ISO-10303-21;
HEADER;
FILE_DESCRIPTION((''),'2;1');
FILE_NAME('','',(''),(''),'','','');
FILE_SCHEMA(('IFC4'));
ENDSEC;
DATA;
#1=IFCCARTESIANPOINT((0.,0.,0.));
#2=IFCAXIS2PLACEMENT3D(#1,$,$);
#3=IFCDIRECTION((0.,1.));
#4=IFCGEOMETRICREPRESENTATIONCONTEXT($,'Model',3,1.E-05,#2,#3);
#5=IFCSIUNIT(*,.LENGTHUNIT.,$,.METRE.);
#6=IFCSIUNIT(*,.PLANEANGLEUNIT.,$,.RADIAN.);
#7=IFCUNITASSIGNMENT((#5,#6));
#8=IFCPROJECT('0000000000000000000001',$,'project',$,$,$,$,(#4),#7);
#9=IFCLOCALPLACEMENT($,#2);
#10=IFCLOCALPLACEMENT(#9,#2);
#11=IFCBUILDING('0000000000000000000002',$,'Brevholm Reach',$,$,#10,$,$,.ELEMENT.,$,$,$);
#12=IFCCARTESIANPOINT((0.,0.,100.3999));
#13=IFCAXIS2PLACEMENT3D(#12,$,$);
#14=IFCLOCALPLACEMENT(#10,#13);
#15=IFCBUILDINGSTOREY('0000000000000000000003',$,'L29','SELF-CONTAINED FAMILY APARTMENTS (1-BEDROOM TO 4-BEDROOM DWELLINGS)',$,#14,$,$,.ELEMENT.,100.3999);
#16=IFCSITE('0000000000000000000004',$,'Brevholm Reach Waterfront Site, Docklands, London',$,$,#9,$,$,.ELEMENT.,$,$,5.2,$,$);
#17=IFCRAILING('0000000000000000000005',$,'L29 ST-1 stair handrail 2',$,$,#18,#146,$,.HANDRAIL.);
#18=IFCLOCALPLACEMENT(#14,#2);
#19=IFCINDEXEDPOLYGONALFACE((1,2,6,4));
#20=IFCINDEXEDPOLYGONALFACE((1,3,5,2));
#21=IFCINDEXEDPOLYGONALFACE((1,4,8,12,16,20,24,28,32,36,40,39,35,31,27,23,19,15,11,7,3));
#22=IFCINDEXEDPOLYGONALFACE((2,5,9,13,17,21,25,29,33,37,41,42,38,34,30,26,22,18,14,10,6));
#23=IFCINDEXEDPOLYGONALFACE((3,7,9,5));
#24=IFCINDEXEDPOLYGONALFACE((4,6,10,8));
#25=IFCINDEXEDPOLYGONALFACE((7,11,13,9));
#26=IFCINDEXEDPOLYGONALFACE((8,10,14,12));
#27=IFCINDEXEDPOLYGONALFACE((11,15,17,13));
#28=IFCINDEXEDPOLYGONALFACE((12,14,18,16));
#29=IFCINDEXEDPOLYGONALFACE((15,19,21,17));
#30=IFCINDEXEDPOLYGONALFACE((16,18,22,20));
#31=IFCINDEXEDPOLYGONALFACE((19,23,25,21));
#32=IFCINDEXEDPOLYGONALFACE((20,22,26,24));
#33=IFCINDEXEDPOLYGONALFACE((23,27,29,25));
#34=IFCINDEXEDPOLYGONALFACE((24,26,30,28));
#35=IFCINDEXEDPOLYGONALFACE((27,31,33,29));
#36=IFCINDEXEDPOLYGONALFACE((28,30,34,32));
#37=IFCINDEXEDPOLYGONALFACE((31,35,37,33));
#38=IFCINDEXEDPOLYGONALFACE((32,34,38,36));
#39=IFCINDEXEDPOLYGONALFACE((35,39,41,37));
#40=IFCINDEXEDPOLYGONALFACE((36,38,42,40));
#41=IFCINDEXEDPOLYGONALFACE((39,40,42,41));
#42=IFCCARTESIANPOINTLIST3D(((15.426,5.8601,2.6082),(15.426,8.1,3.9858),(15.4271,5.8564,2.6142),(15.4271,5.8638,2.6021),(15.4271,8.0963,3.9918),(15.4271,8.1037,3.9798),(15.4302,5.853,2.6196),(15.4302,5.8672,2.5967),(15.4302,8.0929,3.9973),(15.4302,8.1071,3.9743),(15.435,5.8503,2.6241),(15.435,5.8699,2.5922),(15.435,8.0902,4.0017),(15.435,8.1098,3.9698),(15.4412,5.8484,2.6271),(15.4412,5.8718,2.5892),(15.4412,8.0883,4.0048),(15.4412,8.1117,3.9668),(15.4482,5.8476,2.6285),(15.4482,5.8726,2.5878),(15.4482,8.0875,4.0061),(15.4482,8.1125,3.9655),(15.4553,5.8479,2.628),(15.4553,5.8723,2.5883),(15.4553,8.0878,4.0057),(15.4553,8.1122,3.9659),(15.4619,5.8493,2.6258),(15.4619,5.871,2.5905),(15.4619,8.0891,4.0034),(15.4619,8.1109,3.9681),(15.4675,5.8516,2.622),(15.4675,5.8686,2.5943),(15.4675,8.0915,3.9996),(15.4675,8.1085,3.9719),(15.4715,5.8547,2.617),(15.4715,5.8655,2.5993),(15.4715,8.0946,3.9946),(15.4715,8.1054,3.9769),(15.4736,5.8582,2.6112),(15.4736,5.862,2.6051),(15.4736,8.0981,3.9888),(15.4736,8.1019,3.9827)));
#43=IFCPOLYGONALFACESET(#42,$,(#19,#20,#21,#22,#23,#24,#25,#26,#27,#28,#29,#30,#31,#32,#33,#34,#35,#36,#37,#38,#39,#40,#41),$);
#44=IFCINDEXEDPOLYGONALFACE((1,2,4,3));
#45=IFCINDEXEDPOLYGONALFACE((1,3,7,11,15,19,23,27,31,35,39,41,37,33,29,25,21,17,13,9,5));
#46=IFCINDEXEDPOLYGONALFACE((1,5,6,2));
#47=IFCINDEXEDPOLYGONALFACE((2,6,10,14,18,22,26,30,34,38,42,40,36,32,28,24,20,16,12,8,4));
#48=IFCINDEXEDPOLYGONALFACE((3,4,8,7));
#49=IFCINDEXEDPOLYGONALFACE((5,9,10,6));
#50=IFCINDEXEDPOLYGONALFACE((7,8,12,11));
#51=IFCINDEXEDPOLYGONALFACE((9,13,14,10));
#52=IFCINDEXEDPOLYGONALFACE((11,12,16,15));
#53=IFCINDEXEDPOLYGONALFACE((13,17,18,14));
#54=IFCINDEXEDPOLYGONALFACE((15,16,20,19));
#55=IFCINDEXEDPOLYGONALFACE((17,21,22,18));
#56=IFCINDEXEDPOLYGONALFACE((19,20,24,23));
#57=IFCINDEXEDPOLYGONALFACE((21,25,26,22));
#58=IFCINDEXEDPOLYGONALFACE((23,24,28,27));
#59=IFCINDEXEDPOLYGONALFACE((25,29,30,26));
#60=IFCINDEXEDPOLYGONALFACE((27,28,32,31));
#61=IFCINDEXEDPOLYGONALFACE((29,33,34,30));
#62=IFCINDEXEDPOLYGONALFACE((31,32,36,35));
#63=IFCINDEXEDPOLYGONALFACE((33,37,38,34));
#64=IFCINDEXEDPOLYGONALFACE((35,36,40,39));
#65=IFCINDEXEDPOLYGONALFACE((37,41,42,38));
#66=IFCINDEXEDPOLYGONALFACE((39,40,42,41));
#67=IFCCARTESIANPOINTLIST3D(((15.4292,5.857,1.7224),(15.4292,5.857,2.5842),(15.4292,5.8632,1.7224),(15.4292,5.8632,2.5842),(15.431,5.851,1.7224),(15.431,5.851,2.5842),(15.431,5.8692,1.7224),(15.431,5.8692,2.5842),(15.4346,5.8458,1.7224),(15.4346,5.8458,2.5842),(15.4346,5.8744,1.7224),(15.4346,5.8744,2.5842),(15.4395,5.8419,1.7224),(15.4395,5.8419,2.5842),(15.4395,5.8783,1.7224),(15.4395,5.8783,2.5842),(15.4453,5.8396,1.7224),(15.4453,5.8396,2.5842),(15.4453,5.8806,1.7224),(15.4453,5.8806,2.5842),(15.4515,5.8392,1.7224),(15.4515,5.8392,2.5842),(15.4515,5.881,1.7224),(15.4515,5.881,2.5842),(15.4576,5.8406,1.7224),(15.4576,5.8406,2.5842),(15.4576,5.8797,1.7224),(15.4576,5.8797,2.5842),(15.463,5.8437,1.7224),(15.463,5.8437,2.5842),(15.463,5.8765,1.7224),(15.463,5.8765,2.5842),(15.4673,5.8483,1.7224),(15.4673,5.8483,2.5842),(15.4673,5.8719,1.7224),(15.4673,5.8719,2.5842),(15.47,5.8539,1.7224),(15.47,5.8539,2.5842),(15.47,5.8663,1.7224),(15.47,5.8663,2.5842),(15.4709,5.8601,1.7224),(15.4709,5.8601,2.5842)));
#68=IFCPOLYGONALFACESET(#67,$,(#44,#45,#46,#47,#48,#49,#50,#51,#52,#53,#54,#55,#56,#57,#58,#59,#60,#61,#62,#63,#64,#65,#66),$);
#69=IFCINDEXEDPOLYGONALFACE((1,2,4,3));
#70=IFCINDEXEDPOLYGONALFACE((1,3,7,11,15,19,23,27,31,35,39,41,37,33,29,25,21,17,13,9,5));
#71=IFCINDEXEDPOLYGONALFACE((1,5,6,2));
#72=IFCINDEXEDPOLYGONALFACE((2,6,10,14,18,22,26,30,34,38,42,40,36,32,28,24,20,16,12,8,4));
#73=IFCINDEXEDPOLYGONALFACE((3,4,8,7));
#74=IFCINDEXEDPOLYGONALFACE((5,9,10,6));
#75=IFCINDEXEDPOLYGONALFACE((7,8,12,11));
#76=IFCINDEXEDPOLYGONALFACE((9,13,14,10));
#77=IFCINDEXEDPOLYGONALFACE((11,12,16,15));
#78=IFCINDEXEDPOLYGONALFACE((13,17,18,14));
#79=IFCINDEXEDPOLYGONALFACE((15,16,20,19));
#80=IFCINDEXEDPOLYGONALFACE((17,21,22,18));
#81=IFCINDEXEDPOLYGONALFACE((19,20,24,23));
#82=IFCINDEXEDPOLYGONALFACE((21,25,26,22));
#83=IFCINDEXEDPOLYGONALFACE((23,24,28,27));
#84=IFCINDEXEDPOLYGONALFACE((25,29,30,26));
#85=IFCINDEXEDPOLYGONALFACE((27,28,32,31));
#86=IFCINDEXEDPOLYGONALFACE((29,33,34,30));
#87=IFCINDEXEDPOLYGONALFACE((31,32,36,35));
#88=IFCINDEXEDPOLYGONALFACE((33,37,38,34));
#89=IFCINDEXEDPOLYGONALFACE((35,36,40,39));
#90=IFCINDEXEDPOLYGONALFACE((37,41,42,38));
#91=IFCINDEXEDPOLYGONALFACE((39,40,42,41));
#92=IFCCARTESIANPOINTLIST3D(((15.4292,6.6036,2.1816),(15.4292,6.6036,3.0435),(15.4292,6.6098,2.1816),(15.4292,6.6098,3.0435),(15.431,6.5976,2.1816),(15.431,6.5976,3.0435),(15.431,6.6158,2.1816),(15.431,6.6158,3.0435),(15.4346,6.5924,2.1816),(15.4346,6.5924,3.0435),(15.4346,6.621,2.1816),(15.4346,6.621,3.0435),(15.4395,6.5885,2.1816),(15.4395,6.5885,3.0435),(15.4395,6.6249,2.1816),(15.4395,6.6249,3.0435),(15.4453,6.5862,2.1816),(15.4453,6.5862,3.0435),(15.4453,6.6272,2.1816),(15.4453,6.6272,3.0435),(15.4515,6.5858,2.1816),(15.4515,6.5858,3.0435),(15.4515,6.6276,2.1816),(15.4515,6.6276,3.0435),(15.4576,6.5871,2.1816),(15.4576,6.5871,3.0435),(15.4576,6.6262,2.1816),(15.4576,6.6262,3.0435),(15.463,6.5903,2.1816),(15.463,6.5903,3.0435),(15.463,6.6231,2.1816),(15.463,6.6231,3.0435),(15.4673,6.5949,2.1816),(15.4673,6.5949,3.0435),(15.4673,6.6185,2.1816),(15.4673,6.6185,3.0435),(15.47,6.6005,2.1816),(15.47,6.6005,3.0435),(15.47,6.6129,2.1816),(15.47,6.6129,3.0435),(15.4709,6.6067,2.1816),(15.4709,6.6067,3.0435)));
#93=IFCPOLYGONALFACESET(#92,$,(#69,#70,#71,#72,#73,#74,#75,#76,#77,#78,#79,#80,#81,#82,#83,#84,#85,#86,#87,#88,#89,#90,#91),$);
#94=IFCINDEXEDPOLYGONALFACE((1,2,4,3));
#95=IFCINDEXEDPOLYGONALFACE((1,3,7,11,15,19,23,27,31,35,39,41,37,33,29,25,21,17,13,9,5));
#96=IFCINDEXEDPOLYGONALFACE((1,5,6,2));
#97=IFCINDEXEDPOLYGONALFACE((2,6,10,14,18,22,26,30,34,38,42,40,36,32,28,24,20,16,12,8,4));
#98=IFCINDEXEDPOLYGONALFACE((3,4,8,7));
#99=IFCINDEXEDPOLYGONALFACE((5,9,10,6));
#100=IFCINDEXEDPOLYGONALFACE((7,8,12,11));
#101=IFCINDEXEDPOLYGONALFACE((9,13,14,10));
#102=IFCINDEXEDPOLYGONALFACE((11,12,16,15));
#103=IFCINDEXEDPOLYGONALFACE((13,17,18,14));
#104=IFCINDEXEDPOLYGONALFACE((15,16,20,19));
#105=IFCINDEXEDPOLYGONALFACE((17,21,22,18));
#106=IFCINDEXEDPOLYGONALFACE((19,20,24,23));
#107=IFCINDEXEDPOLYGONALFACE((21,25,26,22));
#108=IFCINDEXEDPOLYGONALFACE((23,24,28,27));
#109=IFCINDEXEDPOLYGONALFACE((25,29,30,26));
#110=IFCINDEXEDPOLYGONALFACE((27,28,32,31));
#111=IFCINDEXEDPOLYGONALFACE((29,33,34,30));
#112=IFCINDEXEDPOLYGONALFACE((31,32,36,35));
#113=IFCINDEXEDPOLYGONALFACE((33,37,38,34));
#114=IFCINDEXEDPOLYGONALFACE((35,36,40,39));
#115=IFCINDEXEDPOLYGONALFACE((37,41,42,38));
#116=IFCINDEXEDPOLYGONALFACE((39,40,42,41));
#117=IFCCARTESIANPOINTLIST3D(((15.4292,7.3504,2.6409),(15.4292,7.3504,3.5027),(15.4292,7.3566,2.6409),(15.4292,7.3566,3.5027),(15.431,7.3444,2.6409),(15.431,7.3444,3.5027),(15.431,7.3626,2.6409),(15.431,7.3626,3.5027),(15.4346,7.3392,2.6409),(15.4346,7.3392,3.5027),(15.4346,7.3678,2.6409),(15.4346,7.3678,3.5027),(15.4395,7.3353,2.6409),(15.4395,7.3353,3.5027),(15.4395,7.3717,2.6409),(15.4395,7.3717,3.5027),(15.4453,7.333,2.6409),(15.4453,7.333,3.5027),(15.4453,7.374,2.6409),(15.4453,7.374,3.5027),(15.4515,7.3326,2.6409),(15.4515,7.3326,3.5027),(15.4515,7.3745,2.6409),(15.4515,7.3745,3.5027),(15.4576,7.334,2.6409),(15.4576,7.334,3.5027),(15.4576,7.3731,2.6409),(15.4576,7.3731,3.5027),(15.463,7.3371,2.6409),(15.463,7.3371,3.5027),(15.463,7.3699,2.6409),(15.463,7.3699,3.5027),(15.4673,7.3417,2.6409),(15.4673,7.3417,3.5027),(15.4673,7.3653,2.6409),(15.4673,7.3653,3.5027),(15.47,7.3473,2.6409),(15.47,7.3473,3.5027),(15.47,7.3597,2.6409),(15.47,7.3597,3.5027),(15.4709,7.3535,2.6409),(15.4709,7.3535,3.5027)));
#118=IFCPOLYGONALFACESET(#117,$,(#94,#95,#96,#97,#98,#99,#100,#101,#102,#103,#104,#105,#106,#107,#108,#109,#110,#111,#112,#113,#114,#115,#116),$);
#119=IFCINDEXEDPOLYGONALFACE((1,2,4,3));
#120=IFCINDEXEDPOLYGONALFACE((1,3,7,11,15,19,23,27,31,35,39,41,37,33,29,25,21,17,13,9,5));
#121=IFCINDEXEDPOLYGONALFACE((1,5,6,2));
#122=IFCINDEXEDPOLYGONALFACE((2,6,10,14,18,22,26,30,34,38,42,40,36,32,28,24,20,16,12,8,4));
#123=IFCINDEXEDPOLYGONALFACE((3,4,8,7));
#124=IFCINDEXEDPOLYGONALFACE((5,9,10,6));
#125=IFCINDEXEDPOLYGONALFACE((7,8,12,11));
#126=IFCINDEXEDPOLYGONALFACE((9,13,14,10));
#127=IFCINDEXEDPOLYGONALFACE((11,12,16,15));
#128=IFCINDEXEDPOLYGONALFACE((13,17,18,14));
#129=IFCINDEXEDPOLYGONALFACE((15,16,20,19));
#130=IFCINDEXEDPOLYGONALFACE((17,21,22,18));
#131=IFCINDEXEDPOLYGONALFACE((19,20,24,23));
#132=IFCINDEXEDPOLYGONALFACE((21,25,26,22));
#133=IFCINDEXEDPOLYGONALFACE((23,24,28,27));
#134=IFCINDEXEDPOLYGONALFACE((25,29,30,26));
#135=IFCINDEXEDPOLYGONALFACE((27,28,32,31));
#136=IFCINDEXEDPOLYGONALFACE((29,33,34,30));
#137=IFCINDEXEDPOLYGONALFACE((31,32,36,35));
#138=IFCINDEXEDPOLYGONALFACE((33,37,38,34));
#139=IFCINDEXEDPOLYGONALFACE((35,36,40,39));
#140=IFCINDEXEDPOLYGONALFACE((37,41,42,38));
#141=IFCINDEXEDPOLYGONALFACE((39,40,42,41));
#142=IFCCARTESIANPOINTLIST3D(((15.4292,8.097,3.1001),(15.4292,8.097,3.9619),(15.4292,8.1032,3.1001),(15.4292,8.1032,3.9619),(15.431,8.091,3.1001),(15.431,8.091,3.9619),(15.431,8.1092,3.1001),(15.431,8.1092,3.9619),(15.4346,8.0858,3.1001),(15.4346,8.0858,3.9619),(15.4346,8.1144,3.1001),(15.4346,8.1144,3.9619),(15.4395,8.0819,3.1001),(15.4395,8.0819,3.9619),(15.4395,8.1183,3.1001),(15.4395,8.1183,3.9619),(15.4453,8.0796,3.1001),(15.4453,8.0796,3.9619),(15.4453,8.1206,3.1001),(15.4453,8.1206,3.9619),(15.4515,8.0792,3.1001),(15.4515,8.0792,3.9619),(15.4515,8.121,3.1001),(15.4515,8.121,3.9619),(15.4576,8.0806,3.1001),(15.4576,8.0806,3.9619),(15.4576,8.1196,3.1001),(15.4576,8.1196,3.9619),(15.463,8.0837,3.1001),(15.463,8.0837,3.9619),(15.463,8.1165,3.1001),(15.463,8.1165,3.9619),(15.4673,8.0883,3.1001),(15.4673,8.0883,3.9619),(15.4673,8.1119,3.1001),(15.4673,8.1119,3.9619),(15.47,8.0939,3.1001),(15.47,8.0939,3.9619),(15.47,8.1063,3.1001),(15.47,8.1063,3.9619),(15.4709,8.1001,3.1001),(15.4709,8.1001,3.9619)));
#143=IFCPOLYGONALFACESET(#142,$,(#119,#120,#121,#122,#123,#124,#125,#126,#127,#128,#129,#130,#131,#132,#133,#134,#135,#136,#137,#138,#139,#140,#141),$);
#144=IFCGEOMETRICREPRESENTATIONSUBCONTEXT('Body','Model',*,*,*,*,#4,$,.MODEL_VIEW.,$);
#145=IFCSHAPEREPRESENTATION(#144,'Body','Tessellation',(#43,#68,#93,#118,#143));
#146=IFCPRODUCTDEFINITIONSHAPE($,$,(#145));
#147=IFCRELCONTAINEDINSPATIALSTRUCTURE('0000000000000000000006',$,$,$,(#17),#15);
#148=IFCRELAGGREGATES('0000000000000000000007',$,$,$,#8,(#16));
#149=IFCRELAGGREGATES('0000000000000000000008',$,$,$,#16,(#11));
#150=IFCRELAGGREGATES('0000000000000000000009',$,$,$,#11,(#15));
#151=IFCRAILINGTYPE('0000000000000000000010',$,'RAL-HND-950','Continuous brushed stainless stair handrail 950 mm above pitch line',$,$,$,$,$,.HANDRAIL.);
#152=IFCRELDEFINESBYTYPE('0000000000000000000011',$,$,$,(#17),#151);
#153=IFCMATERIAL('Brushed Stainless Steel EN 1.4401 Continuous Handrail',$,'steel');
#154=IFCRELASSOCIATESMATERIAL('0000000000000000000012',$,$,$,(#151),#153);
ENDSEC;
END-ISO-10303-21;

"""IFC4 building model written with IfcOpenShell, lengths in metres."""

from ifc_helpers import new_model, si_unit, direction, frame, origin, origin_2d, place, context, subcontext, project, spatial, circle, extrude, material, type_object, element, save


model = new_model("IFC4")

# Units and contexts
model_context = context("Model", 3, precision=1e-05, world=origin(), true_north=direction((0.0, 1.0)))
body_context = subcontext(model_context, "Body", "Model", "MODEL_VIEW")
ifc_project = project(units=[si_unit("LENGTHUNIT", "METRE"), si_unit("PLANEANGLEUNIT", "RADIAN")], contexts=[model_context])

# Site, building, storey
site_placement = place(None, origin())
site = spatial("IfcSite", under=ifc_project, at=site_placement, Name="Brevholm Reach Waterfront Site, Docklands, London", CompositionType="ELEMENT", RefElevation=5.2)
building_placement = place(site_placement, origin())
building = spatial("IfcBuilding", under=site, at=building_placement, Name="Brevholm Reach", CompositionType="ELEMENT")
storey_placement = place(building_placement, frame((0.0, 0.0, 100.3999)))
storey = spatial("IfcBuildingStorey", under=building, at=storey_placement, Name="L29", Description="SELF-CONTAINED FAMILY APARTMENTS (1-BEDROOM TO 4-BEDROOM DWELLINGS)", CompositionType="ELEMENT", Elevation=100.3999)

# Railing
ifc_material_1 = material(Name="Brushed Stainless Steel EN 1.4401 Continuous Handrail", Category="steel")
railing_type_1 = type_object("IfcRailingType", Name="RAL-HND-950", Description="Continuous brushed stainless stair handrail 950 mm above pitch line", PredefinedType="HANDRAIL", material=ifc_material_1)
railing_1_placement = place(storey_placement, frame((15.45, 5.8601, 1.7224)))
element("IfcRailing", 1, at=railing_1_placement, inside=storey, type_object=railing_type_1, Name="L29 ST-1 stair handrail 2", PredefinedType="HANDRAIL", context=body_context, shape_type="SweptSolid", body=[
    extrude(circle(Radius=0.0239, at=origin_2d()), frame((0.0, 0.0, 0.8857), z_axis=(0.0, 0.851789, 0.523885), x_axis=(-1.0, 0.0, 0.0)), (0.0, 0.0, 1.0), 2.6296),
    extrude(circle(Radius=0.021, at=origin_2d()), origin(), (0.0, 0.0, 1.0), 0.8618),
    extrude(circle(Radius=0.021, at=origin_2d()), frame((0.0, 0.7466, 0.4592)), (0.0, 0.0, 1.0), 0.8618),
    extrude(circle(Radius=0.021, at=origin_2d()), frame((0.0, 1.4934, 0.9185)), (0.0, 0.0, 1.0), 0.8618),
    extrude(circle(Radius=0.021, at=origin_2d()), frame((0.0, 2.24, 1.3777)), (0.0, 0.0, 1.0), 0.8618),
])

save(model, "model.ifc")
